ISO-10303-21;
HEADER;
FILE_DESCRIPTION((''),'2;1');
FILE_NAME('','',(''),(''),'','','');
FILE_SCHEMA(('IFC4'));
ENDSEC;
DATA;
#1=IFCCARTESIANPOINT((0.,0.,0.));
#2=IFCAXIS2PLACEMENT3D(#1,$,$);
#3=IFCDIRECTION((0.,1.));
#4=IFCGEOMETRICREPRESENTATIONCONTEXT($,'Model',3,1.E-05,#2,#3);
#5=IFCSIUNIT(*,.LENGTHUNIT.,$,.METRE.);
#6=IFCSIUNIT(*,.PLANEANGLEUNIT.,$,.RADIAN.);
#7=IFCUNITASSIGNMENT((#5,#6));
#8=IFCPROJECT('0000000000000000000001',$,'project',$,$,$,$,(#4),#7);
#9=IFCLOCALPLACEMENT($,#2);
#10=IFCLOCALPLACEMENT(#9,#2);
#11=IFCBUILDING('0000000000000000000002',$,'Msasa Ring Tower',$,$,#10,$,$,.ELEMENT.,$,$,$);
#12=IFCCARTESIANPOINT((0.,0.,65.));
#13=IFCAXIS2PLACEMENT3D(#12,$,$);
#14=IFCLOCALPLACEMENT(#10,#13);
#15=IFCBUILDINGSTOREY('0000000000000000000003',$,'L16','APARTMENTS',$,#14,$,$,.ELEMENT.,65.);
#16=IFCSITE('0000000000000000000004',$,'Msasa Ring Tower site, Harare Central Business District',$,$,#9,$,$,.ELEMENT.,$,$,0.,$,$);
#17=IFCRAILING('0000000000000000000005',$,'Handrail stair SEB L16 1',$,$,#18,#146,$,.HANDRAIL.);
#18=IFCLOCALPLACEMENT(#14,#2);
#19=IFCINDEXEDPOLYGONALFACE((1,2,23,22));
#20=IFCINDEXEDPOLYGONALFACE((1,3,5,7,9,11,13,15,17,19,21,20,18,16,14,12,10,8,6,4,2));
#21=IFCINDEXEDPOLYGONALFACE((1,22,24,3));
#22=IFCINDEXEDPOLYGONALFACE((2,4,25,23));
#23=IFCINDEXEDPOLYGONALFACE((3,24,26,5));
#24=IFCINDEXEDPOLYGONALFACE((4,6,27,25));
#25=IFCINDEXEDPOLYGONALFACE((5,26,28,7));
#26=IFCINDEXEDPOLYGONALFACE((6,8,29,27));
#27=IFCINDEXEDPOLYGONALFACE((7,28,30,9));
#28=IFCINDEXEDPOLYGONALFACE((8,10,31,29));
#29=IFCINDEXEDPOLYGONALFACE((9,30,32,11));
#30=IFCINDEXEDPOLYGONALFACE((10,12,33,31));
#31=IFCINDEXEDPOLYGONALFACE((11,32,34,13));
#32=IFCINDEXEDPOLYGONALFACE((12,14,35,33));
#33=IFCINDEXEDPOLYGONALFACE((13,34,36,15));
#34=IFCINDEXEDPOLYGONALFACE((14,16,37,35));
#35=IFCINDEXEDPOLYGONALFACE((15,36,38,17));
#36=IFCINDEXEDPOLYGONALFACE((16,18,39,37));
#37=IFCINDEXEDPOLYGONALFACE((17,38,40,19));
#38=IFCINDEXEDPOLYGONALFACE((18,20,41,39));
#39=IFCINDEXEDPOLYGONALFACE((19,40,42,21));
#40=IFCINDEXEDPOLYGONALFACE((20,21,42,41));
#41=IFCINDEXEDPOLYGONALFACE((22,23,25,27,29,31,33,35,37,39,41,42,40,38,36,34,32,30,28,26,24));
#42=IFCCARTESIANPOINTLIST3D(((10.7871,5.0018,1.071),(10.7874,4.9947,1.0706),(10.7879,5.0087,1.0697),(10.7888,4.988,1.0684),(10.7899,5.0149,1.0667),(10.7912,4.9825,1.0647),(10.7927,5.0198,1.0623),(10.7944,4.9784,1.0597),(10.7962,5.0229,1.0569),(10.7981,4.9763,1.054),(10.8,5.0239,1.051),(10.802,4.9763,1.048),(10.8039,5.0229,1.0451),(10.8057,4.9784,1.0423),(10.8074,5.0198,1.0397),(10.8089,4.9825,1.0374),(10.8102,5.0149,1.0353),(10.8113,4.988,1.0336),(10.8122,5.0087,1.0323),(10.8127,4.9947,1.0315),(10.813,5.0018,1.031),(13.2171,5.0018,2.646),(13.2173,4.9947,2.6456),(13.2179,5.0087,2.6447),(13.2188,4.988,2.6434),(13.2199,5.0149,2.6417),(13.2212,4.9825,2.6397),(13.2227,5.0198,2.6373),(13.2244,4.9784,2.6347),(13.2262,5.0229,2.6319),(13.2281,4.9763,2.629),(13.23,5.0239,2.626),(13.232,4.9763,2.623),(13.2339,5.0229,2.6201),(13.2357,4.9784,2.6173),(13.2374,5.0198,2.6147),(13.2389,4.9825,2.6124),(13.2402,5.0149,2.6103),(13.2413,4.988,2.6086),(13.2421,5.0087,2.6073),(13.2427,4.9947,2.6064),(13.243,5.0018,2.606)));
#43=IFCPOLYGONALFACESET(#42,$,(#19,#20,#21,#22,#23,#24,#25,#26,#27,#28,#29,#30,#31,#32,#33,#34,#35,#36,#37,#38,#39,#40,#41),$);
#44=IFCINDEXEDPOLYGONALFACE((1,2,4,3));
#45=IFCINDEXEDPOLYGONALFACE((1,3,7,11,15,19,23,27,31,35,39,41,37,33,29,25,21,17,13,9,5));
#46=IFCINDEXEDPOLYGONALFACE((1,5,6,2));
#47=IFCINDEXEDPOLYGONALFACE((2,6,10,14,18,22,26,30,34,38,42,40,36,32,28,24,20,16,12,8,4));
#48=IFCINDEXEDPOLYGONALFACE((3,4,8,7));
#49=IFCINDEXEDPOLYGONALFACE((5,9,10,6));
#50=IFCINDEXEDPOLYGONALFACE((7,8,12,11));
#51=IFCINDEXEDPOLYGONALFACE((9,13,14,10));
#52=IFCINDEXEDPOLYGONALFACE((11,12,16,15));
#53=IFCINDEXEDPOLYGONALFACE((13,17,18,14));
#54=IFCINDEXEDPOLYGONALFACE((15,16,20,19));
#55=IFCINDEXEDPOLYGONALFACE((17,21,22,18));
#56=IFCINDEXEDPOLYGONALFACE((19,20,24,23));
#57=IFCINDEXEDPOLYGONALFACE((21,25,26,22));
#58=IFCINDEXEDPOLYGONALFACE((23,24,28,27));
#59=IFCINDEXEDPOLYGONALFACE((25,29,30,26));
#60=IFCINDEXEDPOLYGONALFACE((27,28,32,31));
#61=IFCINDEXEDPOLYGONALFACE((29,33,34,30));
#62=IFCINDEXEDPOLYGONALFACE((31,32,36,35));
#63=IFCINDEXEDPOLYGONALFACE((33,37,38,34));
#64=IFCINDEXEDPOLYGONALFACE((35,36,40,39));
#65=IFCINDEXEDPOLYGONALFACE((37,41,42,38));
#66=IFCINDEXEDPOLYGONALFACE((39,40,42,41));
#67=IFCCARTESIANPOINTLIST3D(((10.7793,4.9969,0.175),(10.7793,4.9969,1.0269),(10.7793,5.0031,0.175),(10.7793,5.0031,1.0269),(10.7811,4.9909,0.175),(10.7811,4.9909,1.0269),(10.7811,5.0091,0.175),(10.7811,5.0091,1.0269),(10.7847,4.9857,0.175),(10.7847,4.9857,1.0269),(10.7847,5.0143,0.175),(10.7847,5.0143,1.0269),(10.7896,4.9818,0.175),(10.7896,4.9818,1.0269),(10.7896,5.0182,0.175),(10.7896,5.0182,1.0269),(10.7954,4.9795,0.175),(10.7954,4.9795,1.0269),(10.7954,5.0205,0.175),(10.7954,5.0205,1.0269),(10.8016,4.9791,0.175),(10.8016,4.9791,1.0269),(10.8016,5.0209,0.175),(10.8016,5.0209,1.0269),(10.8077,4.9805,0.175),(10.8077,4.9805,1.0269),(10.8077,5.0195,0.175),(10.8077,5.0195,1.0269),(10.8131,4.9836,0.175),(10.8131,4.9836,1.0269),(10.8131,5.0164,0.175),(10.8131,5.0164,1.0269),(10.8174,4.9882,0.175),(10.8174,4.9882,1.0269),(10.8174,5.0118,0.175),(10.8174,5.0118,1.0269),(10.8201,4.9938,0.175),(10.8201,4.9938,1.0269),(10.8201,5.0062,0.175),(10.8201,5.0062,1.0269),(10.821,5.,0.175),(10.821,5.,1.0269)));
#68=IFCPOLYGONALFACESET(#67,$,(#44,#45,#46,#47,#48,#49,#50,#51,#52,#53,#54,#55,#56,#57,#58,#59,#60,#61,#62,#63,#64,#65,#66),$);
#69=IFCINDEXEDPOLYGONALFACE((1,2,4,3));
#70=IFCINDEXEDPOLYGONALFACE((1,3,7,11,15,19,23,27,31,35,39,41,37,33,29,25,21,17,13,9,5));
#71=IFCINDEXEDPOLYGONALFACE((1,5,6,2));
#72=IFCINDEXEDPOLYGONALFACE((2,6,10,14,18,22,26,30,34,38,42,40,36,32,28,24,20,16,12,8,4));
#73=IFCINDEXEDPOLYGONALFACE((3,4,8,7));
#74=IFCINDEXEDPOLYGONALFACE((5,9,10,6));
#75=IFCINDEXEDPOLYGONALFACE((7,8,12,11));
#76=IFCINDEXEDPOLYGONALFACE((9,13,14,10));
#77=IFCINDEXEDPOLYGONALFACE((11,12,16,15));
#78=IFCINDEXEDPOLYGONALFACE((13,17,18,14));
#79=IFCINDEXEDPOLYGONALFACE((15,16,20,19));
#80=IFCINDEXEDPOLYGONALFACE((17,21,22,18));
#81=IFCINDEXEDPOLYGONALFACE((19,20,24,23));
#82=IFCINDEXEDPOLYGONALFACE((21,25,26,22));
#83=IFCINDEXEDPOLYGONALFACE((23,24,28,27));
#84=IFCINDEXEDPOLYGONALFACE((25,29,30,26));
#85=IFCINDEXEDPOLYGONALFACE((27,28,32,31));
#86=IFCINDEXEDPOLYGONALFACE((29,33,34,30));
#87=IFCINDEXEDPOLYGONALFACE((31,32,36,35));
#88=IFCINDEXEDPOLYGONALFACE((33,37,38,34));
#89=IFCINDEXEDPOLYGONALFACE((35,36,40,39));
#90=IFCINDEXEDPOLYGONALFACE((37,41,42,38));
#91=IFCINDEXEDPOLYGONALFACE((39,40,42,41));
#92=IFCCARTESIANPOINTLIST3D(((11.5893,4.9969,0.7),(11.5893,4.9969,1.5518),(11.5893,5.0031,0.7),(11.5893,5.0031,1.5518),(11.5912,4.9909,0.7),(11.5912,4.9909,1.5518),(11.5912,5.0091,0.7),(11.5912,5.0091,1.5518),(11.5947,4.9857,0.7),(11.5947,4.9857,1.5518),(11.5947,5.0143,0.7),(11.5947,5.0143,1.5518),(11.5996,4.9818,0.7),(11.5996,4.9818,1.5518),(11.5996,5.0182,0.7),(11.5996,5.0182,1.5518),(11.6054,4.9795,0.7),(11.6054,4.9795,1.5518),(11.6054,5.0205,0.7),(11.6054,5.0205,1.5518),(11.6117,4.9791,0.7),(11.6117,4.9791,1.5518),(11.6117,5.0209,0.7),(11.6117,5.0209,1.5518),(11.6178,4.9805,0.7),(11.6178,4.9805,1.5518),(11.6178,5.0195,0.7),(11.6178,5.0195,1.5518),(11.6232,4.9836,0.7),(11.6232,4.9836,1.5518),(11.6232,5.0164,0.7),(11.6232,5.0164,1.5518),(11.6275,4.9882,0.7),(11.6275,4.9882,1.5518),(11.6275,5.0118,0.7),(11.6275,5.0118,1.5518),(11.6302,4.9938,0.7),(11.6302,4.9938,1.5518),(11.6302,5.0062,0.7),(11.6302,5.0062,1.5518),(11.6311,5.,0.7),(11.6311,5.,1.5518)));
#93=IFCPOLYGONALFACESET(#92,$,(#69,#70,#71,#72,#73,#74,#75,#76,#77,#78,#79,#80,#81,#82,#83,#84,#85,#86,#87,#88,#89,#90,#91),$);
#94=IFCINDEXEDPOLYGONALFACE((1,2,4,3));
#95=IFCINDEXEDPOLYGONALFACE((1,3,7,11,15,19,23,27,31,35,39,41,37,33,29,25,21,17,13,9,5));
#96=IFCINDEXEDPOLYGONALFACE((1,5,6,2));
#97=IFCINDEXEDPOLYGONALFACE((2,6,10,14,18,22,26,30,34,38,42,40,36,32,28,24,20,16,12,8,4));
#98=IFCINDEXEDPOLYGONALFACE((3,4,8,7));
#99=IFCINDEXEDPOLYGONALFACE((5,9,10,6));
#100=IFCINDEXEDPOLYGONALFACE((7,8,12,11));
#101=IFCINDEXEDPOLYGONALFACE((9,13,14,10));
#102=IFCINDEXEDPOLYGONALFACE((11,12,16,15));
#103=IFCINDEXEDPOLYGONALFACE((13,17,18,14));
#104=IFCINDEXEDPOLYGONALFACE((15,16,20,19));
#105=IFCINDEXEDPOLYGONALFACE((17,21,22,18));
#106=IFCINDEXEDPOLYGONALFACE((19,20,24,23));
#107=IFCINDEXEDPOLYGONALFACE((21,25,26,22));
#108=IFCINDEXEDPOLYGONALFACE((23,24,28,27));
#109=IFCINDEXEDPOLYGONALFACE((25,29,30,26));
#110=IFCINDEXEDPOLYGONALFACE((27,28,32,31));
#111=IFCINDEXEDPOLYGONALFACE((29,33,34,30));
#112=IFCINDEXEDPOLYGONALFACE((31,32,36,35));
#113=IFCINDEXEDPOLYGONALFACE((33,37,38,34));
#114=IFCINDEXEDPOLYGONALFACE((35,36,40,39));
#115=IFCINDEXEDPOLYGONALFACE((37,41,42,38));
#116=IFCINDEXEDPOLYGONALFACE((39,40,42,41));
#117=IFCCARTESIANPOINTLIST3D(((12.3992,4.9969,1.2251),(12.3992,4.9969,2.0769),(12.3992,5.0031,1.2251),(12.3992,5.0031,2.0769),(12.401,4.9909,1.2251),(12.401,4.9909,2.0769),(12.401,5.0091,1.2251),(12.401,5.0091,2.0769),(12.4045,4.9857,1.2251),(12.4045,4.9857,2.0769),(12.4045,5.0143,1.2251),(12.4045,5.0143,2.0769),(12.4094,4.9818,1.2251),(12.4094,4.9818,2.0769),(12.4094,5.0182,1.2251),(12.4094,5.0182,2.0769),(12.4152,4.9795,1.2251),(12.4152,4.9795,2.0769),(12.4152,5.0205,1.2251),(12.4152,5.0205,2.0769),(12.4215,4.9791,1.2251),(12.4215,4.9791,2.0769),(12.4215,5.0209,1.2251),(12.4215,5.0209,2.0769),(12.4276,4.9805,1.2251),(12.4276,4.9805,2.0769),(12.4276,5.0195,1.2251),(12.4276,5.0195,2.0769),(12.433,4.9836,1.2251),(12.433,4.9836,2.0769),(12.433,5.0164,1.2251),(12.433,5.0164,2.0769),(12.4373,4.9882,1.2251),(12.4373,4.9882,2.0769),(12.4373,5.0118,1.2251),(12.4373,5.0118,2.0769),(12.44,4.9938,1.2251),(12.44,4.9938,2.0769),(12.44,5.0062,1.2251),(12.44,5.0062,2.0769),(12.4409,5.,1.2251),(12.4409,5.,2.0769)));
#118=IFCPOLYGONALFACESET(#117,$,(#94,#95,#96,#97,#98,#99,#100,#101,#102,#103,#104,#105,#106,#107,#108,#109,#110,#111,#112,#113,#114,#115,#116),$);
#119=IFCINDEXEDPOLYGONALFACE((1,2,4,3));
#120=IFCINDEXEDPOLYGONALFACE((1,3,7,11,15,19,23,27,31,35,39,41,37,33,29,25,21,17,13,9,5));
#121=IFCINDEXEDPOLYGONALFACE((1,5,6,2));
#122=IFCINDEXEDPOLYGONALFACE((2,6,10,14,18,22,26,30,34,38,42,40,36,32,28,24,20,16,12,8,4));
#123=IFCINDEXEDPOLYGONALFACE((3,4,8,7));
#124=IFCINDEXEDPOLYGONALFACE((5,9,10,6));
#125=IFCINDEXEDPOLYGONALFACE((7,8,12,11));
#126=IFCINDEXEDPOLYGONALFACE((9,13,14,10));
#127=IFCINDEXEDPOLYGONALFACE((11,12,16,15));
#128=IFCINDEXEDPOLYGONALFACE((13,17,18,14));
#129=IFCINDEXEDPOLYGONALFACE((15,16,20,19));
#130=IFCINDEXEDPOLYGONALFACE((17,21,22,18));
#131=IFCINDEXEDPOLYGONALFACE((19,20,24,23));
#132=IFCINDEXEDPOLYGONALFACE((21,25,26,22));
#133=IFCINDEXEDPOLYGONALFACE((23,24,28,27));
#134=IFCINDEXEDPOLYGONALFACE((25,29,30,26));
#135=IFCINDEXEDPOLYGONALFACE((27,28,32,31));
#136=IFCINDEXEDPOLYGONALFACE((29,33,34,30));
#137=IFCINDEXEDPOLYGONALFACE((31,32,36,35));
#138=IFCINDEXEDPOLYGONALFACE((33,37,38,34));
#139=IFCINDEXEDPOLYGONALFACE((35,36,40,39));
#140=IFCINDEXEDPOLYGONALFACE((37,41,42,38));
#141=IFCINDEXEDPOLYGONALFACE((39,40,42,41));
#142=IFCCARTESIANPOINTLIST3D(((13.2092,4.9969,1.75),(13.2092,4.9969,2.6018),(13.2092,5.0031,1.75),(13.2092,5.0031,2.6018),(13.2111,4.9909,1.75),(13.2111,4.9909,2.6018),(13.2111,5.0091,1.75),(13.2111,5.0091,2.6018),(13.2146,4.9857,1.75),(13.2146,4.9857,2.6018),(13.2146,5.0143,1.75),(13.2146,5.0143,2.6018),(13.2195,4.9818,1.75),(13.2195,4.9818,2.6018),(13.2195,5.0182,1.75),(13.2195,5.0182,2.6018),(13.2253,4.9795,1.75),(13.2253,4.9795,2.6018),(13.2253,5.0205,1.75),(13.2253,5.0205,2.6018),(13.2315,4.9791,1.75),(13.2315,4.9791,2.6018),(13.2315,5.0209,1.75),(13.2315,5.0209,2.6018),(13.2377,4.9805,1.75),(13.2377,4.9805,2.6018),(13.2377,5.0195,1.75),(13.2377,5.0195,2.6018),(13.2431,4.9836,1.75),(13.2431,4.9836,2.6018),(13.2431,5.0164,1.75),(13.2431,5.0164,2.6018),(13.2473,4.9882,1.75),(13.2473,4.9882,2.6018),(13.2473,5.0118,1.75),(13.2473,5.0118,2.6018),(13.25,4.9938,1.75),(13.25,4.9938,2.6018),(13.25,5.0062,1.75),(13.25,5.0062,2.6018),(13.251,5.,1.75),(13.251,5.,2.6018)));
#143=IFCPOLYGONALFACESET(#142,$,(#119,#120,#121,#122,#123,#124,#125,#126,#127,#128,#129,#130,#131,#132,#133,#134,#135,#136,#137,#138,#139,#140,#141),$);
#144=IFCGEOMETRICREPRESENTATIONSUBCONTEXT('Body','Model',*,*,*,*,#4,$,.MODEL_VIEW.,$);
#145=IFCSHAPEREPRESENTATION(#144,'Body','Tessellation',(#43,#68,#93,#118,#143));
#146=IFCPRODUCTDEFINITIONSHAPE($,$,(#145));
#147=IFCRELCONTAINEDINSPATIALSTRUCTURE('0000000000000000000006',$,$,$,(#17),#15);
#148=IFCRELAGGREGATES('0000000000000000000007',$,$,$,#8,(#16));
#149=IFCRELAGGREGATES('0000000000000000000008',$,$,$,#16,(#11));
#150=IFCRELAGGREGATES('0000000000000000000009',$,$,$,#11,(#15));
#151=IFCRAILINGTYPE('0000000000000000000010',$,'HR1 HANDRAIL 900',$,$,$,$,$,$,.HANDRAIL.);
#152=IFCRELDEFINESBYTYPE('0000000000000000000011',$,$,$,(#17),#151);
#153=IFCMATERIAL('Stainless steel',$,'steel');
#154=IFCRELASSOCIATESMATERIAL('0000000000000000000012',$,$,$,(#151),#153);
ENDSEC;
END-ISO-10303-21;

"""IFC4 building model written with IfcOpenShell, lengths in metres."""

from ifc_helpers import new_model, si_unit, direction, frame, origin, origin_2d, place, context, subcontext, project, spatial, circle, extrude, material, type_object, element, save


model = new_model("IFC4")

# Units and contexts
model_context = context("Model", 3, precision=1e-05, world=origin(), true_north=direction((0.0, 1.0)))
body_context = subcontext(model_context, "Body", "Model", "MODEL_VIEW")
ifc_project = project(units=[si_unit("LENGTHUNIT", "METRE"), si_unit("PLANEANGLEUNIT", "RADIAN")], contexts=[model_context])

# Site, building, storey
site_placement = place(None, origin())
site = spatial("IfcSite", under=ifc_project, at=site_placement, Name="Msasa Ring Tower site, Harare Central Business District", CompositionType="ELEMENT", RefElevation=0.0)
building_placement = place(site_placement, origin())
building = spatial("IfcBuilding", under=site, at=building_placement, Name="Msasa Ring Tower", CompositionType="ELEMENT")
storey_placement = place(building_placement, frame((0.0, 0.0, 65.0)))
storey = spatial("IfcBuildingStorey", under=building, at=storey_placement, Name="L16", Description="APARTMENTS", CompositionType="ELEMENT", Elevation=65.0)

# Railing
ifc_material_1 = material(Name="Stainless steel", Category="steel")
railing_type = type_object("IfcRailingType", Name="HR1 HANDRAIL 900", PredefinedType="HANDRAIL", material=ifc_material_1)
for number, where, name in (
    (1, (10.8, 5.0, 0.175), "Handrail stair SEB L16 1"),
):
    element("IfcRailing", number, at=place(storey_placement, frame(where)), inside=storey, type_object=railing_type, Name=name, PredefinedType="HANDRAIL", context=body_context, shape_type="SweptSolid", body=[
        extrude(circle(Radius=0.0239, at=origin_2d()), frame((0.0, 0.0, 0.876), z_axis=(0.839154, 0.0, 0.543894), x_axis=(0.0, 1.0, 0.0)), (0.0, 0.0, 1.0), 2.8958),
        extrude(circle(Radius=0.021, at=origin_2d()), origin(), (0.0, 0.0, 1.0), 0.8518),
        extrude(circle(Radius=0.021, at=origin_2d()), frame((0.8101, 0.0, 0.5249)), (0.0, 0.0, 1.0), 0.8518),
        extrude(circle(Radius=0.021, at=origin_2d()), frame((1.6199, 0.0, 1.05)), (0.0, 0.0, 1.0), 0.8518),
        extrude(circle(Radius=0.021, at=origin_2d()), frame((2.4299, 0.0, 1.575)), (0.0, 0.0, 1.0), 0.8518),
    ])

save(model, "model.ifc")
